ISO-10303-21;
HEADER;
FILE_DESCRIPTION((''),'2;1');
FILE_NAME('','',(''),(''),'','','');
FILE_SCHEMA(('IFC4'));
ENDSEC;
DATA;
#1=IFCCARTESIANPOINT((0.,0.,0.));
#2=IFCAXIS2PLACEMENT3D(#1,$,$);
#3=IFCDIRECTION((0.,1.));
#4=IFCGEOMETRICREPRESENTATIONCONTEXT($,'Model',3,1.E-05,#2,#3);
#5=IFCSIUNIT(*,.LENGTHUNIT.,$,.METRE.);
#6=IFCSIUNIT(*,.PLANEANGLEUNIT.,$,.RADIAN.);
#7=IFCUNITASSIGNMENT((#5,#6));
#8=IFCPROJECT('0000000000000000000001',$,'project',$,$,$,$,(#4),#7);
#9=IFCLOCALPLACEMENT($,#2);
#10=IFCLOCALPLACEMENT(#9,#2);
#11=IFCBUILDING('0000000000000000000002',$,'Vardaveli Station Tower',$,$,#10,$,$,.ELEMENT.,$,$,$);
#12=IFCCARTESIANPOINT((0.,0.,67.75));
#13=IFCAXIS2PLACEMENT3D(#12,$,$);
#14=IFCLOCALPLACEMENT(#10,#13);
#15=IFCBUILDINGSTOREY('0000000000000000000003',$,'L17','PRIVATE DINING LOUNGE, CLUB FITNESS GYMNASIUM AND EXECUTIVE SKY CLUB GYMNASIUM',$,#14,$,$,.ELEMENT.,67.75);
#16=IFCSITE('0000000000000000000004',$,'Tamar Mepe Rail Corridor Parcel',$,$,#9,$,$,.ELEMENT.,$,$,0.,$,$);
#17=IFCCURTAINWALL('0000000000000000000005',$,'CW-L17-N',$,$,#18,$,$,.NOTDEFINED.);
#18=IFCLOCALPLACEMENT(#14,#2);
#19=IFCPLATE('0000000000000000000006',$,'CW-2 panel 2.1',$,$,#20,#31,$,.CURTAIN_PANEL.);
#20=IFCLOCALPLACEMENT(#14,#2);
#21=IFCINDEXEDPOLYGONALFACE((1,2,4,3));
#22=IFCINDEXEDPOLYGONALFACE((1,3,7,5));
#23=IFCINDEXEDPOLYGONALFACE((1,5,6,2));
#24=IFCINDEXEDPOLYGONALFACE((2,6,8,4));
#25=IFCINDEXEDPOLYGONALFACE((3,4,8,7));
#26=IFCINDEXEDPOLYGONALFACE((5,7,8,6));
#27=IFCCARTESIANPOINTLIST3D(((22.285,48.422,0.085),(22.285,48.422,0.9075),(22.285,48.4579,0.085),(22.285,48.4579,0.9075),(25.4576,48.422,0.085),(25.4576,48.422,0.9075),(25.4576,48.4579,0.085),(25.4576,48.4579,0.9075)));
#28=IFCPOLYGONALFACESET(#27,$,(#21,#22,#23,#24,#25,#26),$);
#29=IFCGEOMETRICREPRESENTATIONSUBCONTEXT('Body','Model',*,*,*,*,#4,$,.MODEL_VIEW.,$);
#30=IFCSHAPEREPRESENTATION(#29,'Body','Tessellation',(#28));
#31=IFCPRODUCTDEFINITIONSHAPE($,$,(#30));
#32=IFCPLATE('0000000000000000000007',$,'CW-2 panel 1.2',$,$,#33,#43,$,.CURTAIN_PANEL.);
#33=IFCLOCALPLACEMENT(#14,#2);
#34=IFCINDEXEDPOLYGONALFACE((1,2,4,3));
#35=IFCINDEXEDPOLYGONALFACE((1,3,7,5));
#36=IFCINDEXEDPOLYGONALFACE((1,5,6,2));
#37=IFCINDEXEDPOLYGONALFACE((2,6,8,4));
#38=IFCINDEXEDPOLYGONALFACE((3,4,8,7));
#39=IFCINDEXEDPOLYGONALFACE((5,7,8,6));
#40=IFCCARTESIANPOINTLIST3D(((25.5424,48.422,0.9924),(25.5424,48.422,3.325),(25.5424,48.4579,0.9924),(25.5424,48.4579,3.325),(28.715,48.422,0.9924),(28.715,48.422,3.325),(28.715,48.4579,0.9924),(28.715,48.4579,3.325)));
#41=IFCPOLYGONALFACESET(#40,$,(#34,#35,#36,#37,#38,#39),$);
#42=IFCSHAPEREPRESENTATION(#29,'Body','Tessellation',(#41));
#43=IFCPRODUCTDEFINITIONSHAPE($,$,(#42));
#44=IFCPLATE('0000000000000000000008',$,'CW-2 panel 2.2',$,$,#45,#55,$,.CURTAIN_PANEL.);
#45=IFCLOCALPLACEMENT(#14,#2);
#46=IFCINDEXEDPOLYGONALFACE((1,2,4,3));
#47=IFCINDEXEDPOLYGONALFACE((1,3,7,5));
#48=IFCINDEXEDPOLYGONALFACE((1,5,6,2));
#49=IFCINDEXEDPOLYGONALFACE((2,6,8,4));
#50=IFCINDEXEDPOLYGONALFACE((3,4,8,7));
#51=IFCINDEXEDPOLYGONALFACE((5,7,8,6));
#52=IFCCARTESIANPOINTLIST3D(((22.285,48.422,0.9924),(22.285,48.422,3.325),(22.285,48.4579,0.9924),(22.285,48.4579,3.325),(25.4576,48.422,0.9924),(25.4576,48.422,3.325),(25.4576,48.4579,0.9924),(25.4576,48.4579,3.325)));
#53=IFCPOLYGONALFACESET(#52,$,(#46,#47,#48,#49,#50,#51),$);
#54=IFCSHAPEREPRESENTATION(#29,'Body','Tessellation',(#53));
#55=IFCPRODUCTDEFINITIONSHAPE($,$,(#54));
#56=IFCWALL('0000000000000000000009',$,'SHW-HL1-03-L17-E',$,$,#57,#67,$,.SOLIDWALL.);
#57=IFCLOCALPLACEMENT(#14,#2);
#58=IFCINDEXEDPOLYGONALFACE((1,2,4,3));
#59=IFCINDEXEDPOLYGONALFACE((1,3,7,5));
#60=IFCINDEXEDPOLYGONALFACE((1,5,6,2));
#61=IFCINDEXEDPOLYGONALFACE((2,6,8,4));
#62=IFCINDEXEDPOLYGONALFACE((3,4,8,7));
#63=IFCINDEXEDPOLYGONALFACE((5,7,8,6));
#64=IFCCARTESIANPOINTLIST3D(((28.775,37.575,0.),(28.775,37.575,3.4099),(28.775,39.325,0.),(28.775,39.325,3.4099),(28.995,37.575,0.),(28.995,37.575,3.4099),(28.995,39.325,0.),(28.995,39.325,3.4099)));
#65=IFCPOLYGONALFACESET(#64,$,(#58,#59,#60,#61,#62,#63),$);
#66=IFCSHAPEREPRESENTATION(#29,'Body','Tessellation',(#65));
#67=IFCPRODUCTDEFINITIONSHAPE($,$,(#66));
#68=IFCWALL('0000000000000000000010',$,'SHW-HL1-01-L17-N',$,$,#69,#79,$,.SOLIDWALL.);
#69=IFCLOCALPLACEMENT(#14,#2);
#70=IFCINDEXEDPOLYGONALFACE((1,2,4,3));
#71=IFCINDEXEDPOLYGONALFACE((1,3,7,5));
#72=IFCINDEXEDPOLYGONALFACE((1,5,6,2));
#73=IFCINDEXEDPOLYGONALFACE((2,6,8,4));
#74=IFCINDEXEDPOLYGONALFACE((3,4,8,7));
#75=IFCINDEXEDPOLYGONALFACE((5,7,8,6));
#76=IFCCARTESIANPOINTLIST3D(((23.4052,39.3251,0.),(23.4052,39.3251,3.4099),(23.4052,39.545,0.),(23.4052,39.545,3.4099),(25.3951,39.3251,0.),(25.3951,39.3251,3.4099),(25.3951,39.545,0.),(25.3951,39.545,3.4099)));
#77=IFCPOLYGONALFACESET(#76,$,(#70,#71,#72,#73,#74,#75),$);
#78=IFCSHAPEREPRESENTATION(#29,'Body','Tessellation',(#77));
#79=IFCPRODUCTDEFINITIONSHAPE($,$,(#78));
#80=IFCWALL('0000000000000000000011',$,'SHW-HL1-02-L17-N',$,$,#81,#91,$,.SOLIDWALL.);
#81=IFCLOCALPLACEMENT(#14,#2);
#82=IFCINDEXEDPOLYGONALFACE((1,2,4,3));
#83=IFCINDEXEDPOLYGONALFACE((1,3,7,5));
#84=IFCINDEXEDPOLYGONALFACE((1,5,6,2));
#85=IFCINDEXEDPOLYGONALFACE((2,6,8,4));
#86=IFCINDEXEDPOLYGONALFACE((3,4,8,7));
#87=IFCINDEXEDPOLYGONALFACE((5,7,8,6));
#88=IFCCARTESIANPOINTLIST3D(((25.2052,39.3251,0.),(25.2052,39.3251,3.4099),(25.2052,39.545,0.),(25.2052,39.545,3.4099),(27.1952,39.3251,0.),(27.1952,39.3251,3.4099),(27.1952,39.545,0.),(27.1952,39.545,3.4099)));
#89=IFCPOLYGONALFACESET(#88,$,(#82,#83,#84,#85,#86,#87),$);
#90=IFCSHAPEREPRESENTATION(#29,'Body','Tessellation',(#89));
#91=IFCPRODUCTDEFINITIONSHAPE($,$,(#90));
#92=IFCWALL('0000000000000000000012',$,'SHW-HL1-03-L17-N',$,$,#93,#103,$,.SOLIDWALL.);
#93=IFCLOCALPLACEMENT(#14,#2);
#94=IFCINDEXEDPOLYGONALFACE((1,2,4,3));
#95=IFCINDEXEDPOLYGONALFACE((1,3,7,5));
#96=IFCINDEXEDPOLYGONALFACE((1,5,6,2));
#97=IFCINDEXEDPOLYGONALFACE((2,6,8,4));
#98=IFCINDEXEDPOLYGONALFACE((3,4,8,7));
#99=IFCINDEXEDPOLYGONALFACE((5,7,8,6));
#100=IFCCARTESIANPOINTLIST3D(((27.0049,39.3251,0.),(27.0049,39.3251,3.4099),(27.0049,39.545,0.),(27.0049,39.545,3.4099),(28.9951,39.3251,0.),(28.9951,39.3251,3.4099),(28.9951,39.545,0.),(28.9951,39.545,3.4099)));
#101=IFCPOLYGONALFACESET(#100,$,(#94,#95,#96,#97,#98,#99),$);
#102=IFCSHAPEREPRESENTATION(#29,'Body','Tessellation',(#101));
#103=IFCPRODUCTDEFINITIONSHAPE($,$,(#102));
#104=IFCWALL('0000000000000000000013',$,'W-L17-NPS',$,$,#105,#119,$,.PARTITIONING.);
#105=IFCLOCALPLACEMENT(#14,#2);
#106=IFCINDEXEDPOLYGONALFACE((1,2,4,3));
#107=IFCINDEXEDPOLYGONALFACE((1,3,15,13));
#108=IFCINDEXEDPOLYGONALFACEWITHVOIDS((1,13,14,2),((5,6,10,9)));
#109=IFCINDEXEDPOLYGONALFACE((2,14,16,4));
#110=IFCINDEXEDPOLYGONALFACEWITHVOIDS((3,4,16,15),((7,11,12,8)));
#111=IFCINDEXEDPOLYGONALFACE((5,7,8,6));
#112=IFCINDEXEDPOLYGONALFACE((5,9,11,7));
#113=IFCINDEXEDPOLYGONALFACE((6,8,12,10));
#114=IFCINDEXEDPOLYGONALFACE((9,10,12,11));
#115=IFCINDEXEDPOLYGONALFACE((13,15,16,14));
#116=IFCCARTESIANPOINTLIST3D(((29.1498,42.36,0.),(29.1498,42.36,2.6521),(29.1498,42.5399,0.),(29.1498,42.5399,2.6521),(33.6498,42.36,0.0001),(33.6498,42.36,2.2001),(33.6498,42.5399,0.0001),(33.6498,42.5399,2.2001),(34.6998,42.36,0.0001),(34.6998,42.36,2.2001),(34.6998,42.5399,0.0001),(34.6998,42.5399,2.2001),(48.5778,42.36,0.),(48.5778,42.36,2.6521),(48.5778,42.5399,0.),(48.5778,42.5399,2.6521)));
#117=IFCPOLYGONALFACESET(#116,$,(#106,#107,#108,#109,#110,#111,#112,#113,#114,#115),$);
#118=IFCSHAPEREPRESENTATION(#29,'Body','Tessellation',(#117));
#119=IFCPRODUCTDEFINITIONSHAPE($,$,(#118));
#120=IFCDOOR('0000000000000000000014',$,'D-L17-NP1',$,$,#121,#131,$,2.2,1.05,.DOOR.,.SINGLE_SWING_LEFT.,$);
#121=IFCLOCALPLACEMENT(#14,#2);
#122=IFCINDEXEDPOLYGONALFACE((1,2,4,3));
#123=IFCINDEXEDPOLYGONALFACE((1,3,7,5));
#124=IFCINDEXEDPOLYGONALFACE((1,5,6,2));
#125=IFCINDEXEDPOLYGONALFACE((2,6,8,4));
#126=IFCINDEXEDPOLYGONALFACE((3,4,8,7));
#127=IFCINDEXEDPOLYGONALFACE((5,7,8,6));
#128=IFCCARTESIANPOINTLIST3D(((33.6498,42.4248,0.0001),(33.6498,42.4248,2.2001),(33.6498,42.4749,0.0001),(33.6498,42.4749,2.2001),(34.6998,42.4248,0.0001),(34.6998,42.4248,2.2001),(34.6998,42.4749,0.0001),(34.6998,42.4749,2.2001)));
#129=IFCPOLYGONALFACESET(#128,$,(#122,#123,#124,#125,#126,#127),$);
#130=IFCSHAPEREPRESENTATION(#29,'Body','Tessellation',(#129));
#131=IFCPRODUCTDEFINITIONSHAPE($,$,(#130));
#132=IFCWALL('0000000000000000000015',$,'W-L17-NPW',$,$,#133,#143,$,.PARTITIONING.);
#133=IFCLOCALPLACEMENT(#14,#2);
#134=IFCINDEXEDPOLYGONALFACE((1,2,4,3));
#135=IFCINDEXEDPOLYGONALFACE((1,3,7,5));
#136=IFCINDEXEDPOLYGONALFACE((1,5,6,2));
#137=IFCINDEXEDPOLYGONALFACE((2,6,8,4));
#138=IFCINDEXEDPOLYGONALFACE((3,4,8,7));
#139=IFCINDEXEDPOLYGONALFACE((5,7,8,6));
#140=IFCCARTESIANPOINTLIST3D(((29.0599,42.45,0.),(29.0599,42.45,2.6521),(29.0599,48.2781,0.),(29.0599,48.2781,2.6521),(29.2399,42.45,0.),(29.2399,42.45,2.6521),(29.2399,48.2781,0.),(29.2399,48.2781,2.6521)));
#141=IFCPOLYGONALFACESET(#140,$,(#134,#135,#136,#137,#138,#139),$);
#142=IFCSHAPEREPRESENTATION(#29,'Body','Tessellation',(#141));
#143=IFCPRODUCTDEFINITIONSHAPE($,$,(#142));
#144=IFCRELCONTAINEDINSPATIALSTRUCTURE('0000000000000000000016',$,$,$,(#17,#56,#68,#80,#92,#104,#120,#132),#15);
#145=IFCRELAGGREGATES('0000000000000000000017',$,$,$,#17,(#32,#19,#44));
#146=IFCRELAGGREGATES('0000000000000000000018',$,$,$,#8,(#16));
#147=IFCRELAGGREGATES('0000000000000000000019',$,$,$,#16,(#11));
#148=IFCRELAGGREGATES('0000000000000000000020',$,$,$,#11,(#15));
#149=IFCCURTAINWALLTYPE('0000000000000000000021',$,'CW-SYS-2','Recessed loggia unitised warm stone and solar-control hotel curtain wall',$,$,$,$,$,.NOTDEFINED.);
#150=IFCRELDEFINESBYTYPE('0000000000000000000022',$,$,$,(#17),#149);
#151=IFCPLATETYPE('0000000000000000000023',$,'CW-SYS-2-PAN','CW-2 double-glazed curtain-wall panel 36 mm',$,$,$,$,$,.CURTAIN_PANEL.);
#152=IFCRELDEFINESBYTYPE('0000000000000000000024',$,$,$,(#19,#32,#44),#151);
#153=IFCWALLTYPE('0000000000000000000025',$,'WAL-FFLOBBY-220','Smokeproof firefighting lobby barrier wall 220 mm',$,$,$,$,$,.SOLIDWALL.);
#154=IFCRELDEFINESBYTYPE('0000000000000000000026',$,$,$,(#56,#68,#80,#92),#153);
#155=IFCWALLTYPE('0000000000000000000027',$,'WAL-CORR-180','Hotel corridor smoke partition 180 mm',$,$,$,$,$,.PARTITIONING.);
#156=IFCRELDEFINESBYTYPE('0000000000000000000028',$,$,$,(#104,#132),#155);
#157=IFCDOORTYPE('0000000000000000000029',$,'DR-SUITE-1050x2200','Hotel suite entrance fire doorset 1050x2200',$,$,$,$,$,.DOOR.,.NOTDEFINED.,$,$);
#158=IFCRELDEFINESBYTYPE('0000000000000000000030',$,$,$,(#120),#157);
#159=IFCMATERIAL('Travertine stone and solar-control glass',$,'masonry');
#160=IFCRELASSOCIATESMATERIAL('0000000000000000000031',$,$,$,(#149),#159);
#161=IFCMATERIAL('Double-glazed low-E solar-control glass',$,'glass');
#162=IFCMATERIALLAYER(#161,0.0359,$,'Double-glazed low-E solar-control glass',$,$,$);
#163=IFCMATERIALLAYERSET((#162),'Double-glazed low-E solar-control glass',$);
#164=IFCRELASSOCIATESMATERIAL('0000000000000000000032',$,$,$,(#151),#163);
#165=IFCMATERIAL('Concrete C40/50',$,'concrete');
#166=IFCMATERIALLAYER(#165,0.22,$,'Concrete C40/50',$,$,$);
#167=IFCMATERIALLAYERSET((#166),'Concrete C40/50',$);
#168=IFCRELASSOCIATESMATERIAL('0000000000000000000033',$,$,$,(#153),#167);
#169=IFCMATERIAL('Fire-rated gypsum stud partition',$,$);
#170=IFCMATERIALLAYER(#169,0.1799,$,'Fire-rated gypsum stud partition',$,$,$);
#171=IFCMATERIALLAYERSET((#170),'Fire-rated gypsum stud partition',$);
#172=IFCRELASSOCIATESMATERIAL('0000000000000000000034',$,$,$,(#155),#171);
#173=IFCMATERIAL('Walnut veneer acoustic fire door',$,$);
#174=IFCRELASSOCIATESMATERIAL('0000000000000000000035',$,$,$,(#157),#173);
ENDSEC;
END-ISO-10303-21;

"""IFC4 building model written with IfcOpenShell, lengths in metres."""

from ifc_helpers import new_model, si_unit, direction, frame, frame_2d, origin, origin_2d, place, context, subcontext, project, spatial, rectangle, extrude, source, transform, mapped, material, layer, layer_set, type_object, element, fill, aggregate, save


model = new_model("IFC4")

# Units and contexts
model_context = context("Model", 3, precision=1e-05, world=origin(), true_north=direction((0.0, 1.0)))
body_context = subcontext(model_context, "Body", "Model", "MODEL_VIEW")
ifc_project = project(units=[si_unit("LENGTHUNIT", "METRE"), si_unit("PLANEANGLEUNIT", "RADIAN")], contexts=[model_context])

# Site, building, storey
site_placement = place(None, origin())
site = spatial("IfcSite", under=ifc_project, at=site_placement, Name="Tamar Mepe Rail Corridor Parcel", CompositionType="ELEMENT", RefElevation=0.0)
building_placement = place(site_placement, origin())
building = spatial("IfcBuilding", under=site, at=building_placement, Name="Vardaveli Station Tower", CompositionType="ELEMENT")
storey_placement = place(building_placement, frame((0.0, 0.0, 67.75)))
storey = spatial("IfcBuildingStorey", under=building, at=storey_placement, Name="L17", Description="PRIVATE DINING LOUNGE, CLUB FITNESS GYMNASIUM AND EXECUTIVE SKY CLUB GYMNASIUM", CompositionType="ELEMENT", Elevation=67.75)

# Curtain wall, plates
ifc_material_1 = material(Name="Travertine stone and solar-control glass", Category="masonry")
curtain_wall_type = type_object("IfcCurtainWallType", Name="CW-SYS-2", Description="Recessed loggia unitised warm stone and solar-control hotel curtain wall", PredefinedType="NOTDEFINED", material=ifc_material_1)
curtain_wall_placement = place(storey_placement, origin())
curtain_wall = element("IfcCurtainWall", 1, at=curtain_wall_placement, inside=storey, type_object=curtain_wall_type, Name="CW-L17-N", PredefinedType="NOTDEFINED")
ifc_material_2 = material(Name="Double-glazed low-E solar-control glass", Category="glass")
ifc_layer_1 = layer(ifc_material_2, 0.0359, Name="Double-glazed low-E solar-control glass")
ifc_layer_set_1 = layer_set([ifc_layer_1], Name="Double-glazed low-E solar-control glass")
plate_type = type_object("IfcPlateType", Name="CW-SYS-2-PAN", Description="CW-2 double-glazed curtain-wall panel 36 mm", PredefinedType="CURTAIN_PANEL", material=ifc_layer_set_1)
shared_shape_1 = source(origin(), body_context, "Body", "SweptSolid", [
    extrude(rectangle(XDim=3.1726, YDim=0.0359, at=origin_2d()), origin(), (0.0, 0.0, 1.0), 0.8225),
])
plate_1_placement = place(storey_placement, frame((23.8713, 48.4399, 0.085), z_axis=(0.0, 0.0, 1.0), x_axis=(-1.0, 0.0, 0.0)))
plate_1 = element("IfcPlate", 2, at=plate_1_placement, type_object=plate_type, Name="CW-2 panel 2.1", PredefinedType="CURTAIN_PANEL", context=body_context, shape_type="MappedRepresentation", body=[
    mapped(shared_shape_1, transform((0.0, 0.0, 0.0), scale=1.0)),
])
shared_shape_2 = source(origin(), body_context, "Body", "SweptSolid", [
    extrude(rectangle(XDim=3.1726, YDim=0.0359, at=origin_2d()), origin(), (0.0, 0.0, 1.0), 2.3325),
])
plate_2_placement = place(storey_placement, frame((27.1287, 48.4399, 0.9924), z_axis=(0.0, 0.0, 1.0), x_axis=(-1.0, 0.0, 0.0)))
plate_2 = element("IfcPlate", 3, at=plate_2_placement, type_object=plate_type, Name="CW-2 panel 1.2", PredefinedType="CURTAIN_PANEL", context=body_context, shape_type="MappedRepresentation", body=[
    mapped(shared_shape_2, transform((0.0, 0.0, 0.0), scale=1.0)),
])
plate_3_placement = place(storey_placement, frame((23.8713, 48.4399, 0.9924), z_axis=(0.0, 0.0, 1.0), x_axis=(-1.0, 0.0, 0.0)))
plate_3 = element("IfcPlate", 4, at=plate_3_placement, type_object=plate_type, Name="CW-2 panel 2.2", PredefinedType="CURTAIN_PANEL", context=body_context, shape_type="MappedRepresentation", body=[
    mapped(shared_shape_2, transform((0.0, 0.0, 0.0), scale=1.0)),
])
aggregate(curtain_wall, [plate_2, plate_1, plate_3])

# Walls
ifc_material_3 = material(Name="Concrete C40/50", Category="concrete")
ifc_layer_2 = layer(ifc_material_3, 0.22, Name="Concrete C40/50")
ifc_layer_set_2 = layer_set([ifc_layer_2], Name="Concrete C40/50")
wall_type_1 = type_object("IfcWallType", Name="WAL-FFLOBBY-220", Description="Smokeproof firefighting lobby barrier wall 220 mm", PredefinedType="SOLIDWALL", material=ifc_layer_set_2)
shared_shape_3 = source(origin(), body_context, "Body", "SweptSolid", [
    extrude(rectangle(XDim=1.75, YDim=0.22, at=frame_2d((0.875, 0.0))), origin(), (0.0, 0.0, 1.0), 3.4099),
])
wall_1_placement = place(storey_placement, frame((28.885, 37.575, 0.0), z_axis=(0.0, 0.0, 1.0), x_axis=(0.0, 1.0, 0.0)))
element("IfcWall", 5, at=wall_1_placement, inside=storey, type_object=wall_type_1, Name="SHW-HL1-03-L17-E", PredefinedType="SOLIDWALL", context=body_context, shape_type="MappedRepresentation", body=[
    mapped(shared_shape_3, transform((0.0, 0.0, 0.0), scale=1.0)),
])
shared_shape_4 = source(origin(), body_context, "Body", "SweptSolid", [
    extrude(rectangle(XDim=1.99, YDim=0.22, at=frame_2d((0.9951, 0.0))), origin(), (0.0, 0.0, 1.0), 3.4099),
])
for number, where, z_axis, x_axis, name in (
    (6, (23.405, 39.4351, 0.0), (0.0, 0.0, 1.0), (1.0, 0.0, 0.0), "SHW-HL1-01-L17-N"),
    (7, (25.2051, 39.4351, 0.0), (0.0, 0.0, 1.0), (1.0, 0.0, 0.0), "SHW-HL1-02-L17-N"),
):
    element("IfcWall", number, at=place(storey_placement, frame(where, z_axis=z_axis, x_axis=x_axis)), inside=storey, type_object=wall_type_1, Name=name, PredefinedType="SOLIDWALL", context=body_context, shape_type="MappedRepresentation", body=[
        mapped(shared_shape_4, transform((0.0, 0.0, 0.0), scale=1.0)),
    ])
shared_shape_5 = source(origin(), body_context, "Body", "SweptSolid", [
    extrude(rectangle(XDim=1.9902, YDim=0.22, at=frame_2d((0.9951, 0.0))), origin(), (0.0, 0.0, 1.0), 3.4099),
])
wall_2_placement = place(storey_placement, frame((27.0049, 39.4351, 0.0), z_axis=(0.0, 0.0, 1.0), x_axis=(1.0, 0.0, 0.0)))
element("IfcWall", 8, at=wall_2_placement, inside=storey, type_object=wall_type_1, Name="SHW-HL1-03-L17-N", PredefinedType="SOLIDWALL", context=body_context, shape_type="MappedRepresentation", body=[
    mapped(shared_shape_5, transform((0.0, 0.0, 0.0), scale=1.0)),
])

# Wall, opening, door
ifc_material_4 = material(Name="Fire-rated gypsum stud partition")
ifc_layer_3 = layer(ifc_material_4, 0.1799, Name="Fire-rated gypsum stud partition")
ifc_layer_set_3 = layer_set([ifc_layer_3], Name="Fire-rated gypsum stud partition")
wall_type_2 = type_object("IfcWallType", Name="WAL-CORR-180", Description="Hotel corridor smoke partition 180 mm", PredefinedType="PARTITIONING", material=ifc_layer_set_3)
shared_shape_6 = source(origin(), body_context, "Body", "SweptSolid", [
    extrude(rectangle(XDim=19.428, YDim=0.1799, at=frame_2d((9.7139, 0.0))), origin(), (0.0, 0.0, 1.0), 2.6521),
])
wall_3_placement = place(storey_placement, frame((29.1499, 42.45, 0.0), z_axis=(0.0, 0.0, 1.0), x_axis=(1.0, 0.0, 0.0)))
wall_3 = element("IfcWall", 9, at=wall_3_placement, inside=storey, type_object=wall_type_2, Name="W-L17-NPS", PredefinedType="PARTITIONING", context=body_context, shape_type="MappedRepresentation", body=[
    mapped(shared_shape_6, transform((0.0, 0.0, 0.0), scale=1.0)),
])
shared_shape_7 = source(origin(), body_context, "Body", "SweptSolid", [
    extrude(rectangle(XDim=1.05, YDim=2.2, at=frame_2d((0.5249, 1.1001))), frame((0.0, 0.1001, 0.0), z_axis=(0.0, -1.0, 0.0), x_axis=(1.0, 0.0, 0.0)), (0.0, 0.0, 1.0), 0.2),
])
opening_placement = place(wall_3_placement, frame((4.5, 0.0, 0.0)))
opening = element("IfcOpeningElement", 10, at=opening_placement, cuts=wall_3, PredefinedType="OPENING", context=body_context, shape_type="MappedRepresentation", body=[
    mapped(shared_shape_7, transform((0.0, 0.0, 0.0), scale=1.0)),
])
ifc_material_5 = material(Name="Walnut veneer acoustic fire door")
door_type = type_object("IfcDoorType", Name="DR-SUITE-1050x2200", Description="Hotel suite entrance fire doorset 1050x2200", OperationType="NOTDEFINED", PredefinedType="DOOR", material=ifc_material_5)
shared_shape_8 = source(origin(), body_context, "Body", "SweptSolid", [
    extrude(rectangle(XDim=1.05, YDim=2.2, at=frame_2d((0.5249, 1.1001))), frame((0.0, 0.0249, 0.0), z_axis=(0.0, -1.0, 0.0), x_axis=(1.0, 0.0, 0.0)), (0.0, 0.0, 1.0), 0.05),
])
door_placement = place(opening_placement, origin())
door = element("IfcDoor", 11, at=door_placement, inside=storey, type_object=door_type, Name="D-L17-NP1", OperationType="SINGLE_SWING_LEFT", OverallHeight=2.2, OverallWidth=1.05, PredefinedType="DOOR", context=body_context, shape_type="MappedRepresentation", body=[
    mapped(shared_shape_8, transform((0.0, 0.0, 0.0), scale=1.0)),
])
fill(opening, door)

# Wall
shared_shape_9 = source(origin(), body_context, "Body", "SweptSolid", [
    extrude(rectangle(XDim=5.8281, YDim=0.1799, at=frame_2d((2.9141, 0.0))), origin(), (0.0, 0.0, 1.0), 2.6521),
])
wall_4_placement = place(storey_placement, frame((29.1499, 42.45, 0.0), z_axis=(0.0, 0.0, 1.0), x_axis=(0.0, 1.0, 0.0)))
element("IfcWall", 12, at=wall_4_placement, inside=storey, type_object=wall_type_2, Name="W-L17-NPW", PredefinedType="PARTITIONING", context=body_context, shape_type="MappedRepresentation", body=[
    mapped(shared_shape_9, transform((0.0, 0.0, 0.0), scale=1.0)),
])

save(model, "model.ifc")
